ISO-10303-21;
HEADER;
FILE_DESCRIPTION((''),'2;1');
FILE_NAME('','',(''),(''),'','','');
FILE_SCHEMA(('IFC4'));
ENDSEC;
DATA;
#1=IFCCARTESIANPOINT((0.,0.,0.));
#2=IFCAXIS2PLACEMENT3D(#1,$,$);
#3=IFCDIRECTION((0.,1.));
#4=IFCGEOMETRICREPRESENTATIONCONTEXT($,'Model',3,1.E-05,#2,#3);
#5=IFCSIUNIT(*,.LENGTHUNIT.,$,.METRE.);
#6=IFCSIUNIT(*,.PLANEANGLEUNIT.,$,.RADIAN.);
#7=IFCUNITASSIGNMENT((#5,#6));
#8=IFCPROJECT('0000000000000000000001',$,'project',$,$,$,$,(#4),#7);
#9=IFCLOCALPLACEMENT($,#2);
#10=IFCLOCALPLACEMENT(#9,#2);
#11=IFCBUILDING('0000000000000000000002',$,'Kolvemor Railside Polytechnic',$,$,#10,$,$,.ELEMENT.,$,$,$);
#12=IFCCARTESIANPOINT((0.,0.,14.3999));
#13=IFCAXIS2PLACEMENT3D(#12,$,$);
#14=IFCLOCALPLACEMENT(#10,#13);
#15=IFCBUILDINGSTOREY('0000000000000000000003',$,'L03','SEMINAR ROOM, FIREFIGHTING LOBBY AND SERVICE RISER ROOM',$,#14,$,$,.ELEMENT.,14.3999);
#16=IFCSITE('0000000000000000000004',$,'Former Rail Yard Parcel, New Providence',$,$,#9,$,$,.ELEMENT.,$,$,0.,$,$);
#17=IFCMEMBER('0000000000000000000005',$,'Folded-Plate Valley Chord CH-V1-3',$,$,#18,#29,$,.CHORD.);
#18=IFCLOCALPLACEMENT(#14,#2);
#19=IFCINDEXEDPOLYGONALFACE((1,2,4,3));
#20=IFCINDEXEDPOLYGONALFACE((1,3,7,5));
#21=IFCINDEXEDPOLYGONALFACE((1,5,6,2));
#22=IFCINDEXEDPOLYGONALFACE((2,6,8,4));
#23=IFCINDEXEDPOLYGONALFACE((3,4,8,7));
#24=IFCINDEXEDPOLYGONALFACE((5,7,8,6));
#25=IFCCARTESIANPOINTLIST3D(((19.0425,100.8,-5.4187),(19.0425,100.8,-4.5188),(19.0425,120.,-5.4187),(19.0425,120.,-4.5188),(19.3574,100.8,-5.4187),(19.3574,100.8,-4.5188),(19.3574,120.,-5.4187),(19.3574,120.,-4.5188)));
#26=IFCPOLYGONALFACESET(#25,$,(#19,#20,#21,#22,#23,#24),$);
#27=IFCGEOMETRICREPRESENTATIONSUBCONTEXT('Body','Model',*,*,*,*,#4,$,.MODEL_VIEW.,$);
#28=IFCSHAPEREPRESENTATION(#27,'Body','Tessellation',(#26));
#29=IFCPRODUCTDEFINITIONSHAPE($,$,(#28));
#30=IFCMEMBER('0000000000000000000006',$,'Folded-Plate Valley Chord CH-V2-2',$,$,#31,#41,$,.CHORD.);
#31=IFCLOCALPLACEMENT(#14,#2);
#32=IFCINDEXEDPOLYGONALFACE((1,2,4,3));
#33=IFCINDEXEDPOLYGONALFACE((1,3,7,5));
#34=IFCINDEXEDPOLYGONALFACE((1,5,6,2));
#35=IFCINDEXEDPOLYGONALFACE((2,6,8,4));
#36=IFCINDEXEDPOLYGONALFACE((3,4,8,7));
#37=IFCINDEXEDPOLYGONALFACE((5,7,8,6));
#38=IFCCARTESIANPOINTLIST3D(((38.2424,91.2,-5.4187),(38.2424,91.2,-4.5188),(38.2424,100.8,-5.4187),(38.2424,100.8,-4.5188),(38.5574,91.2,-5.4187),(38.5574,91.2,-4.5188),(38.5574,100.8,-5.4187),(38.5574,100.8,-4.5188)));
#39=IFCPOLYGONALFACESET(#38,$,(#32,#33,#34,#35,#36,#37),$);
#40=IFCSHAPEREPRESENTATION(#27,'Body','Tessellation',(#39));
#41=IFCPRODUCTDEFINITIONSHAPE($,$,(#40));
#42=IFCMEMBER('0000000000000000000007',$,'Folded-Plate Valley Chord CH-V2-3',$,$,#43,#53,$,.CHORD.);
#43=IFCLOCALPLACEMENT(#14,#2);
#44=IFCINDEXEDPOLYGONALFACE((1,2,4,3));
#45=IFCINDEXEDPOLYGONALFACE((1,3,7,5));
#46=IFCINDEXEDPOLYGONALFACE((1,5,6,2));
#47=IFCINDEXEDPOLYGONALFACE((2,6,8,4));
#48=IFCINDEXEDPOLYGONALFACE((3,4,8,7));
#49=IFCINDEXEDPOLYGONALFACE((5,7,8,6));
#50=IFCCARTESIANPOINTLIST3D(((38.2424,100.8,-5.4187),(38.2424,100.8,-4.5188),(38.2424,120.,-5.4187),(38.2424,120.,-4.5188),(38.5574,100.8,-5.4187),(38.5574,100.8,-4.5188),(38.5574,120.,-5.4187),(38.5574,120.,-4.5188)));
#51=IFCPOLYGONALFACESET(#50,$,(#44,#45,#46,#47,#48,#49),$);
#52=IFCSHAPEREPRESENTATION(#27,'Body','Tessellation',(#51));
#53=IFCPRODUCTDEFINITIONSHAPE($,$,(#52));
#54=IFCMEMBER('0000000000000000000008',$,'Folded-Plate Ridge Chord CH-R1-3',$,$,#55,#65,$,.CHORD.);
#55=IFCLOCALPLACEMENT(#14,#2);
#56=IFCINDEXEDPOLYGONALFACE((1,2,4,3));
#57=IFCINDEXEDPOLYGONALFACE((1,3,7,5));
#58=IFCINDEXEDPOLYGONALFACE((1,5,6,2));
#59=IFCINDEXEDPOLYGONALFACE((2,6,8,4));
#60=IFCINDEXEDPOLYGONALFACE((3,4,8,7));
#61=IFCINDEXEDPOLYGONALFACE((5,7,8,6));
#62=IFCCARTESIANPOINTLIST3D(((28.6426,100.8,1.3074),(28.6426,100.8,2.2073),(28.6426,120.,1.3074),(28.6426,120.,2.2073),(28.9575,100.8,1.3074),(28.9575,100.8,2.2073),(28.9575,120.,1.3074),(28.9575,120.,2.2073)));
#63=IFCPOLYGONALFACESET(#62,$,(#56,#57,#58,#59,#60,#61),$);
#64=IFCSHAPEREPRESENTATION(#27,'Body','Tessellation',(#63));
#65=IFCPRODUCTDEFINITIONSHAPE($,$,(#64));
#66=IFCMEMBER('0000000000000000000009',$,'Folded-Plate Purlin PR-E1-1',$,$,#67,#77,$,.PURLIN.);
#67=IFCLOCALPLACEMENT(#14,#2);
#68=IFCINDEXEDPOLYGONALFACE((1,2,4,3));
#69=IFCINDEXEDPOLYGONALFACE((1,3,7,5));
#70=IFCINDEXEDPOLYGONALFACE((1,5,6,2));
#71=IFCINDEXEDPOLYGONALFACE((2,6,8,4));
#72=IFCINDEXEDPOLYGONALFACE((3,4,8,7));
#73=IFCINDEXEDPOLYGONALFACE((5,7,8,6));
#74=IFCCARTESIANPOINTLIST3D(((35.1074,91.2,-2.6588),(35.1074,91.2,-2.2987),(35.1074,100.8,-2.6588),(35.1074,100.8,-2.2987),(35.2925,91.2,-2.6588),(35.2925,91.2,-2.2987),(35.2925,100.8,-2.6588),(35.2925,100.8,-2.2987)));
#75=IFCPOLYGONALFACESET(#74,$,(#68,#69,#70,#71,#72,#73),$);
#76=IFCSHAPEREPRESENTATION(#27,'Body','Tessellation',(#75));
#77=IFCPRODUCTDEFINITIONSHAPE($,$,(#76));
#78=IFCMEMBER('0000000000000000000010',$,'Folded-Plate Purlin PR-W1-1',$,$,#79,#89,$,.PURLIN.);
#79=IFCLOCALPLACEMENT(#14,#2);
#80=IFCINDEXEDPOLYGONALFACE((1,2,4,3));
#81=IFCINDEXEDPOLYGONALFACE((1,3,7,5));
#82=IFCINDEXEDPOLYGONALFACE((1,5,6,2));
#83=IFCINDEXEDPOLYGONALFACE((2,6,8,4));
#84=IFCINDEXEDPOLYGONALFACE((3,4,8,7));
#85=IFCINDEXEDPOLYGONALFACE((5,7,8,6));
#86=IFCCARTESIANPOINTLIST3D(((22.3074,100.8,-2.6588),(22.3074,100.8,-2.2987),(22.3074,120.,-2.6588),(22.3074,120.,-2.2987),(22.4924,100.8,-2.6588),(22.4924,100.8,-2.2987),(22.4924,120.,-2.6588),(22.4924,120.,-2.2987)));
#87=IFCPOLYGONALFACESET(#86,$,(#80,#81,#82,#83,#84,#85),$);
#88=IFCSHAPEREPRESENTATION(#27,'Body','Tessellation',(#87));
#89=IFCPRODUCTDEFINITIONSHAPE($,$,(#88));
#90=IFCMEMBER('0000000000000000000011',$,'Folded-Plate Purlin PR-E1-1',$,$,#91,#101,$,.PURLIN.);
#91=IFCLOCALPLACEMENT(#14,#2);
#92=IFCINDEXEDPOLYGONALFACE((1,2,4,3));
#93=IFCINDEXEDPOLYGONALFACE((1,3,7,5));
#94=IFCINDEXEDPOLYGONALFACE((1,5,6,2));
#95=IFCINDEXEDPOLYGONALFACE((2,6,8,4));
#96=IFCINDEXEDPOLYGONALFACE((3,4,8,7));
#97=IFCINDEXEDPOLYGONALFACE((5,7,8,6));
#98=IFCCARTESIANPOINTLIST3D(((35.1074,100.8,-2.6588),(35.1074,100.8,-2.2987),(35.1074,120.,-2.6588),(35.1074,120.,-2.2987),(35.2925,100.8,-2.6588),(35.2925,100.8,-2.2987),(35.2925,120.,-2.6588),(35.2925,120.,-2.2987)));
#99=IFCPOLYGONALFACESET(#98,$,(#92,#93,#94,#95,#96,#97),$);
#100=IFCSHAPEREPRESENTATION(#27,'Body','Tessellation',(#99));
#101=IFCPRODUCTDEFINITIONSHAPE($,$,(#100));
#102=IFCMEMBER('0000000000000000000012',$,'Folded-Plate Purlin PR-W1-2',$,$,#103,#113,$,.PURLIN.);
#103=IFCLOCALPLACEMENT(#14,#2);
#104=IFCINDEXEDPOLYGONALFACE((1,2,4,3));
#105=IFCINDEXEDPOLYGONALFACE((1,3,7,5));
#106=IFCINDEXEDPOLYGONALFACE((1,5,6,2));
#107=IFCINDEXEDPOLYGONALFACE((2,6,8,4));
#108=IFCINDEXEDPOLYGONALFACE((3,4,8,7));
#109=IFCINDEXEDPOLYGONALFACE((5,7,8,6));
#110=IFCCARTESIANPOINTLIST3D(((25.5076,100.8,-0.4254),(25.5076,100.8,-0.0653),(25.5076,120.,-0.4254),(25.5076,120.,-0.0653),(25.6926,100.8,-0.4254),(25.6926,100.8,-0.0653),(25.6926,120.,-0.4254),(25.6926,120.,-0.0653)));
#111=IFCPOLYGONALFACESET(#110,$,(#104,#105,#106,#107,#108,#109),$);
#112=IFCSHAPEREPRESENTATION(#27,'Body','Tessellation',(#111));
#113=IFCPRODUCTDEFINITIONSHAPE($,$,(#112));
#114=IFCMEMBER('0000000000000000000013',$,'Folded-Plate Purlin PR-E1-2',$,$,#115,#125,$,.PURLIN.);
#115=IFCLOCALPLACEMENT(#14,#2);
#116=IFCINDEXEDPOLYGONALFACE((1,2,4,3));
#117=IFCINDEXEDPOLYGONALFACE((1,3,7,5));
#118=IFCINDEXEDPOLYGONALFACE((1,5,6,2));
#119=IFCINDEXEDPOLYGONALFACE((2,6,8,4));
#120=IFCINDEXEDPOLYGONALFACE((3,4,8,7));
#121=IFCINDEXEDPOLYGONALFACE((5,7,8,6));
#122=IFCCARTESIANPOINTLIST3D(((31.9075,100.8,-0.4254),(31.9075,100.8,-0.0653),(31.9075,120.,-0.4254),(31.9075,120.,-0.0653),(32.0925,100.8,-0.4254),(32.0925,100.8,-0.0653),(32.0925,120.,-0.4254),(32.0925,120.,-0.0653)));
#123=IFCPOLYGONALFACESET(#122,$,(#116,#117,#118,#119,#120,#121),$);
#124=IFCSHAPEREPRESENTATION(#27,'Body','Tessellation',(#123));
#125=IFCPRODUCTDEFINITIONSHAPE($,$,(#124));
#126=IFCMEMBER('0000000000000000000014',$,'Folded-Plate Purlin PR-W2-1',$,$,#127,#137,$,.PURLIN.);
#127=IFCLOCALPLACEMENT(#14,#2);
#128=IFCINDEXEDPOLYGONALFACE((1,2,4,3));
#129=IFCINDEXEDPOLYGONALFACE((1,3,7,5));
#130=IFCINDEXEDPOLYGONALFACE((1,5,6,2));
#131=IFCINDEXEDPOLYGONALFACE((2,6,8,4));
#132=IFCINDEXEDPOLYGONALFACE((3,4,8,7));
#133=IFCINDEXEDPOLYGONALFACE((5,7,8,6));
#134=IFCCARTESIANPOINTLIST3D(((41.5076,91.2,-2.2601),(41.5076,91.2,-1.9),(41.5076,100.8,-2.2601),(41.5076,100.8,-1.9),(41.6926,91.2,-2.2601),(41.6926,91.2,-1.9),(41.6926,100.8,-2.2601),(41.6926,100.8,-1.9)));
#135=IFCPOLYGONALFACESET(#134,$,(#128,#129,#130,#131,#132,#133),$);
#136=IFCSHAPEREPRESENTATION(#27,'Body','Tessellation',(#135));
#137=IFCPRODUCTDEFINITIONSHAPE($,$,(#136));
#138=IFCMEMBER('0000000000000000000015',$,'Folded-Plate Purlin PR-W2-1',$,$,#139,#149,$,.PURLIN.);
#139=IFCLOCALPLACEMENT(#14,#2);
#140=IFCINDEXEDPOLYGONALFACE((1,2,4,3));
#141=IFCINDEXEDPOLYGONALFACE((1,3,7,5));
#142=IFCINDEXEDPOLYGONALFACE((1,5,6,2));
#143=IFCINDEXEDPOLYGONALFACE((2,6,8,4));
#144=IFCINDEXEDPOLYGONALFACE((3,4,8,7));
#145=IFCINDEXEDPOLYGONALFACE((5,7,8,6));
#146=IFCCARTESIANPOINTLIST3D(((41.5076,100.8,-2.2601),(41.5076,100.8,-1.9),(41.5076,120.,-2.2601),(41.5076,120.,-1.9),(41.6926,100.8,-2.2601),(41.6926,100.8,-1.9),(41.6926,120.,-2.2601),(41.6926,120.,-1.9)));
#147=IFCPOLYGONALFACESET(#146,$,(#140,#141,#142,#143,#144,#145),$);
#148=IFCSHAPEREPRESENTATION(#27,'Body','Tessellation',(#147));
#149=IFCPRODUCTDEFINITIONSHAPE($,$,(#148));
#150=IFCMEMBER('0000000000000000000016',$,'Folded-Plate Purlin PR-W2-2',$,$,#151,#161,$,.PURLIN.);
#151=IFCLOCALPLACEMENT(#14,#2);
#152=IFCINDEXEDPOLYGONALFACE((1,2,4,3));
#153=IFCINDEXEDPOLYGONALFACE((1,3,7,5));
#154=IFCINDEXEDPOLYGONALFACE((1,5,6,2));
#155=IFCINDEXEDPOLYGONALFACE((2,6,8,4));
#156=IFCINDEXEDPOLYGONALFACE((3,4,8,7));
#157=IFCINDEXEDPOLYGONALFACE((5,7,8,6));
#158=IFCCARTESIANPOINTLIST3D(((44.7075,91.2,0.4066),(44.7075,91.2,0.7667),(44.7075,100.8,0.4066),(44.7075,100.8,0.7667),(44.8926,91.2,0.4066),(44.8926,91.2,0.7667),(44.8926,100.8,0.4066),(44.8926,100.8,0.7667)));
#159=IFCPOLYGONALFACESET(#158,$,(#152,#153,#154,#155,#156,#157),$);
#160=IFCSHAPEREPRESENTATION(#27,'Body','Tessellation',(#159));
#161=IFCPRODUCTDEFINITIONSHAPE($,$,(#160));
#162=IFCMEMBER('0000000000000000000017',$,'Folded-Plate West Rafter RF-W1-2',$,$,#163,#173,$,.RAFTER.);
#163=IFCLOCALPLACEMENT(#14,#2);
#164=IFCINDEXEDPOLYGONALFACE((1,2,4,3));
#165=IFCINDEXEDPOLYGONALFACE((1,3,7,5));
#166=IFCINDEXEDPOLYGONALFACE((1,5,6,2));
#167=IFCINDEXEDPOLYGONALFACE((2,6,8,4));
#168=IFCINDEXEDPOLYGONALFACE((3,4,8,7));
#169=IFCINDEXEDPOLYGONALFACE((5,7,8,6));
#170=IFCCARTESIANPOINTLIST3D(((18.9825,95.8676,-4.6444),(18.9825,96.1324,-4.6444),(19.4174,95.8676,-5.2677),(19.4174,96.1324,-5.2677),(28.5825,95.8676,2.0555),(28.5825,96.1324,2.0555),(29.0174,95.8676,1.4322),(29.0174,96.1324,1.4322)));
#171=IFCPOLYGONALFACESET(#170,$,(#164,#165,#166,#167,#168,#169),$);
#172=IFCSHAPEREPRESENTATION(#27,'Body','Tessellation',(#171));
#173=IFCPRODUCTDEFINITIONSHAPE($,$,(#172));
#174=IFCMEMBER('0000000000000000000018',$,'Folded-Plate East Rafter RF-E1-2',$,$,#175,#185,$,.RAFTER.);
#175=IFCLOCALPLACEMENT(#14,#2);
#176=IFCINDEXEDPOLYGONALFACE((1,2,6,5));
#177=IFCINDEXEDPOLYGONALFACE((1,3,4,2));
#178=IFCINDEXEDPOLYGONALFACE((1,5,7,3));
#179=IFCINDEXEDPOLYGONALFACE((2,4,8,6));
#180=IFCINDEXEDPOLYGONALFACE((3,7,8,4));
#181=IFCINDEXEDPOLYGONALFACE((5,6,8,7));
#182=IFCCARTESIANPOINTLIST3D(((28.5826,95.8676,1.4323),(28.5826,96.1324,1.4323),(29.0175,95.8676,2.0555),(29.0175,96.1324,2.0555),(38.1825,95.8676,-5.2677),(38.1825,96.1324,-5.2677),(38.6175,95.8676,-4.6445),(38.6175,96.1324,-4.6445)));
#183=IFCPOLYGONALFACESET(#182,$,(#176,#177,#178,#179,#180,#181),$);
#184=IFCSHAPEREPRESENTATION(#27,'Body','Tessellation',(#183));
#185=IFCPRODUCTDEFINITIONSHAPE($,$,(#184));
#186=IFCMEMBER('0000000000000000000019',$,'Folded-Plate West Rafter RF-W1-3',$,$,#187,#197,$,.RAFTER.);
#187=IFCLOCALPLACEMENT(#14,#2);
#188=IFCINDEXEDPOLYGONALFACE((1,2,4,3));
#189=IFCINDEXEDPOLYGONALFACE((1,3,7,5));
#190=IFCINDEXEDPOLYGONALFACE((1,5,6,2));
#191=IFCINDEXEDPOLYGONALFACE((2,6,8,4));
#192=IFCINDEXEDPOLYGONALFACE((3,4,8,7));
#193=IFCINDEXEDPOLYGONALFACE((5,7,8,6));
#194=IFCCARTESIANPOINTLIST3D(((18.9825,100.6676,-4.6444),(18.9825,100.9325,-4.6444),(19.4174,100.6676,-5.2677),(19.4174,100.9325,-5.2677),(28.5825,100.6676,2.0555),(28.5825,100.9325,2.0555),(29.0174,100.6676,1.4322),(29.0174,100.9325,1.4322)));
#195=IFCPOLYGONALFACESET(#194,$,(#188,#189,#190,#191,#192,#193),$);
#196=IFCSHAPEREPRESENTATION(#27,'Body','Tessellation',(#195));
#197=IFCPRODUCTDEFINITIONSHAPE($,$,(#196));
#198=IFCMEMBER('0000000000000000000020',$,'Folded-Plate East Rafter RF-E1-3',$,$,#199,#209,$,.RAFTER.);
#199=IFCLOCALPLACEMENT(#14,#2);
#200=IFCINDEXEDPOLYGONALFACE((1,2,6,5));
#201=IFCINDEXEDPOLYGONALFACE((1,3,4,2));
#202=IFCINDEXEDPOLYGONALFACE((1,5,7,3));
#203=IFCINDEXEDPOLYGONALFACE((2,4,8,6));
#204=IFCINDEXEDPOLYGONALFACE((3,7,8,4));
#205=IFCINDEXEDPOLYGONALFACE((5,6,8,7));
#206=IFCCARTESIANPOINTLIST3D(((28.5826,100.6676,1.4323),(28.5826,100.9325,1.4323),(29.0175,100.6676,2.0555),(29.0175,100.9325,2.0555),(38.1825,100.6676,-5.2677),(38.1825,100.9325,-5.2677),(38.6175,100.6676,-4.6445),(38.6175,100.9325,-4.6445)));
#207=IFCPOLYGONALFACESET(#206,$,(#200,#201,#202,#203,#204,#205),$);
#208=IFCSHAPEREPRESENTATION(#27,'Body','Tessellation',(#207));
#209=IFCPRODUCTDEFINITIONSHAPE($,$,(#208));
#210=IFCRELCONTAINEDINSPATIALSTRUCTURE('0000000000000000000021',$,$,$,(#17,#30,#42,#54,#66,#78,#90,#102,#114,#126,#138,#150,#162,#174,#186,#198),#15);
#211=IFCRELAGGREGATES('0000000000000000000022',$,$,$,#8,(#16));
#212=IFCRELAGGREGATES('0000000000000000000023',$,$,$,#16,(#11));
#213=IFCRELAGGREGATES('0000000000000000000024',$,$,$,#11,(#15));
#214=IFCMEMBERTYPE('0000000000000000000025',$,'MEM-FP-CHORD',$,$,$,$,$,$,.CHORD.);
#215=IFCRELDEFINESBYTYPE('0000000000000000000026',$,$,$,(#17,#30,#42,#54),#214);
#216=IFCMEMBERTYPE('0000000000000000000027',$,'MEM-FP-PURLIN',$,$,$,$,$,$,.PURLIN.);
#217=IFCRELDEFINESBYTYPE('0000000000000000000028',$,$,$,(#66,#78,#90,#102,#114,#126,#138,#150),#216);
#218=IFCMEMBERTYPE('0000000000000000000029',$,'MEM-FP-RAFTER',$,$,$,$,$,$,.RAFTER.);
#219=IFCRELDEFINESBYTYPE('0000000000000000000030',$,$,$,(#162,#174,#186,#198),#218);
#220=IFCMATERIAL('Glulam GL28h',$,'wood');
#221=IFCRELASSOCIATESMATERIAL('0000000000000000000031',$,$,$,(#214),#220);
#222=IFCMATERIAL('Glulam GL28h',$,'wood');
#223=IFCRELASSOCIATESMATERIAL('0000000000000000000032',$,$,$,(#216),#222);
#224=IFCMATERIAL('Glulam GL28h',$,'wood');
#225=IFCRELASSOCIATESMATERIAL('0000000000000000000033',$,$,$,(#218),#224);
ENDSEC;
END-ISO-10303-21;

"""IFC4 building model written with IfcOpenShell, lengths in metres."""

from ifc_helpers import new_model, si_unit, direction, frame, origin, origin_2d, place, context, subcontext, project, spatial, rectangle, extrude, material, material_profile, profile_set, type_object, element, save


model = new_model("IFC4")

# Units and contexts
model_context = context("Model", 3, precision=1e-05, world=origin(), true_north=direction((0.0, 1.0)))
body_context = subcontext(model_context, "Body", "Model", "MODEL_VIEW")
ifc_project = project(units=[si_unit("LENGTHUNIT", "METRE"), si_unit("PLANEANGLEUNIT", "RADIAN")], contexts=[model_context])

# Site, building, storey
site_placement = place(None, origin())
site = spatial("IfcSite", under=ifc_project, at=site_placement, Name="Former Rail Yard Parcel, New Providence", CompositionType="ELEMENT", RefElevation=0.0)
building_placement = place(site_placement, origin())
building = spatial("IfcBuilding", under=site, at=building_placement, Name="Kolvemor Railside Polytechnic", CompositionType="ELEMENT")
storey_placement = place(building_placement, frame((0.0, 0.0, 14.3999)))
storey = spatial("IfcBuildingStorey", under=building, at=storey_placement, Name="L03", Description="SEMINAR ROOM, FIREFIGHTING LOBBY AND SERVICE RISER ROOM", CompositionType="ELEMENT", Elevation=14.3999)

# Members
ifc_material_1 = material(Name="Glulam GL28h", Category="wood")
ifc_material_profile_1 = material_profile(ifc_material_1, rectangle(XDim=0.3149, YDim=0.8999, at=origin_2d()), Name="GL315x900")
ifc_profile_set_1 = profile_set([ifc_material_profile_1], Name="Glulam GL28h")
member_type_1 = type_object("IfcMemberType", Name="MEM-FP-CHORD", PredefinedType="CHORD", material=ifc_profile_set_1)
member_1_placement = place(storey_placement, frame((19.2, 100.8, -4.9688), z_axis=(0.0, 1.0, 0.0), x_axis=(-1.0, 0.0, 0.0)))
element("IfcMember", 1, at=member_1_placement, inside=storey, type_object=member_type_1, Name="Folded-Plate Valley Chord CH-V1-3", PredefinedType="CHORD", context=body_context, shape_type="SweptSolid", body=[
    extrude(rectangle(XDim=0.3149, YDim=0.8999, at=origin_2d()), origin(), (0.0, 0.0, 1.0), 19.2),
])
member_2_placement = place(storey_placement, frame((38.3999, 91.2, -4.9688), z_axis=(0.0, 1.0, 0.0), x_axis=(-1.0, 0.0, 0.0)))
element("IfcMember", 2, at=member_2_placement, inside=storey, type_object=member_type_1, Name="Folded-Plate Valley Chord CH-V2-2", PredefinedType="CHORD", context=body_context, shape_type="SweptSolid", body=[
    extrude(rectangle(XDim=0.3149, YDim=0.8999, at=origin_2d()), origin(), (0.0, 0.0, 1.0), 9.6001),
])
for number, where, z_axis, x_axis, name in (
    (3, (38.3999, 100.8, -4.9688), (0.0, 1.0, 0.0), (-1.0, 0.0, 0.0), "Folded-Plate Valley Chord CH-V2-3"),
    (4, (28.8, 100.8, 1.7573), (0.0, 1.0, 0.0), (-1.0, 0.0, 0.0), "Folded-Plate Ridge Chord CH-R1-3"),
):
    element("IfcMember", number, at=place(storey_placement, frame(where, z_axis=z_axis, x_axis=x_axis)), inside=storey, type_object=member_type_1, Name=name, PredefinedType="CHORD", context=body_context, shape_type="SweptSolid", body=[
        extrude(rectangle(XDim=0.3149, YDim=0.8999, at=origin_2d()), origin(), (0.0, 0.0, 1.0), 19.2),
    ])
ifc_material_2 = material(Name="Glulam GL28h", Category="wood")
ifc_material_profile_2 = material_profile(ifc_material_2, rectangle(XDim=0.1851, YDim=0.3601, at=origin_2d()), Name="GL185x360")
ifc_profile_set_2 = profile_set([ifc_material_profile_2], Name="Glulam GL28h")
member_type_2 = type_object("IfcMemberType", Name="MEM-FP-PURLIN", PredefinedType="PURLIN", material=ifc_profile_set_2)
member_3_placement = place(storey_placement, frame((35.2, 91.2, -2.4788), z_axis=(0.0, 1.0, 0.0), x_axis=(-1.0, 0.0, 0.0)))
element("IfcMember", 5, at=member_3_placement, inside=storey, type_object=member_type_2, Name="Folded-Plate Purlin PR-E1-1", PredefinedType="PURLIN", context=body_context, shape_type="SweptSolid", body=[
    extrude(rectangle(XDim=0.1851, YDim=0.3601, at=origin_2d()), origin(), (0.0, 0.0, 1.0), 9.6001),
])
for number, where, z_axis, x_axis, name in (
    (6, (22.3999, 100.8, -2.4788), (0.0, 1.0, 0.0), (-1.0, 0.0, 0.0), "Folded-Plate Purlin PR-W1-1"),
    (7, (35.2, 100.8, -2.4788), (0.0, 1.0, 0.0), (-1.0, 0.0, 0.0), "Folded-Plate Purlin PR-E1-1"),
    (8, (25.6001, 100.8, -0.2454), (0.0, 1.0, 0.0), (-1.0, 0.0, 0.0), "Folded-Plate Purlin PR-W1-2"),
    (9, (32.0, 100.8, -0.2454), (0.0, 1.0, 0.0), (-1.0, 0.0, 0.0), "Folded-Plate Purlin PR-E1-2"),
):
    element("IfcMember", number, at=place(storey_placement, frame(where, z_axis=z_axis, x_axis=x_axis)), inside=storey, type_object=member_type_2, Name=name, PredefinedType="PURLIN", context=body_context, shape_type="SweptSolid", body=[
        extrude(rectangle(XDim=0.1851, YDim=0.3601, at=origin_2d()), origin(), (0.0, 0.0, 1.0), 19.2),
    ])
member_4_placement = place(storey_placement, frame((41.6001, 91.2, -2.0801), z_axis=(0.0, 1.0, 0.0), x_axis=(-1.0, 0.0, 0.0)))
element("IfcMember", 10, at=member_4_placement, inside=storey, type_object=member_type_2, Name="Folded-Plate Purlin PR-W2-1", PredefinedType="PURLIN", context=body_context, shape_type="SweptSolid", body=[
    extrude(rectangle(XDim=0.1851, YDim=0.3601, at=origin_2d()), origin(), (0.0, 0.0, 1.0), 9.6001),
])
member_5_placement = place(storey_placement, frame((41.6001, 100.8, -2.0801), z_axis=(0.0, 1.0, 0.0), x_axis=(-1.0, 0.0, 0.0)))
element("IfcMember", 11, at=member_5_placement, inside=storey, type_object=member_type_2, Name="Folded-Plate Purlin PR-W2-1", PredefinedType="PURLIN", context=body_context, shape_type="SweptSolid", body=[
    extrude(rectangle(XDim=0.1851, YDim=0.3601, at=origin_2d()), origin(), (0.0, 0.0, 1.0), 19.2),
])
member_6_placement = place(storey_placement, frame((44.8, 91.2, 0.5867), z_axis=(0.0, 1.0, 0.0), x_axis=(-1.0, 0.0, 0.0)))
element("IfcMember", 12, at=member_6_placement, inside=storey, type_object=member_type_2, Name="Folded-Plate Purlin PR-W2-2", PredefinedType="PURLIN", context=body_context, shape_type="SweptSolid", body=[
    extrude(rectangle(XDim=0.1851, YDim=0.3601, at=origin_2d()), origin(), (0.0, 0.0, 1.0), 9.6001),
])
ifc_material_3 = material(Name="Glulam GL28h", Category="wood")
ifc_material_profile_3 = material_profile(ifc_material_3, rectangle(XDim=0.2649, YDim=0.76, at=origin_2d()), Name="GL265x760")
ifc_profile_set_3 = profile_set([ifc_material_profile_3], Name="Glulam GL28h")
member_type_3 = type_object("IfcMemberType", Name="MEM-FP-RAFTER", PredefinedType="RAFTER", material=ifc_profile_set_3)
for number, where, z_axis, x_axis, name in (
    (13, (19.2, 96.0, -4.9561), (0.820038, 0.0, 0.572308), (0.0, 1.0, 0.0), "Folded-Plate West Rafter RF-W1-2"),
    (14, (28.8, 96.0, 1.7439), (0.820032, 0.0, -0.572318), (0.0, 1.0, 0.0), "Folded-Plate East Rafter RF-E1-2"),
    (15, (19.2, 100.8, -4.9561), (0.820038, 0.0, 0.572308), (0.0, 1.0, 0.0), "Folded-Plate West Rafter RF-W1-3"),
    (16, (28.8, 100.8, 1.7439), (0.820032, 0.0, -0.572318), (0.0, 1.0, 0.0), "Folded-Plate East Rafter RF-E1-3"),
):
    element("IfcMember", number, at=place(storey_placement, frame(where, z_axis=z_axis, x_axis=x_axis)), inside=storey, type_object=member_type_3, Name=name, PredefinedType="RAFTER", context=body_context, shape_type="SweptSolid", body=[
        extrude(rectangle(XDim=0.2649, YDim=0.76, at=origin_2d()), origin(), (0.0, 0.0, 1.0), 11.7068),
    ])

save(model, "model.ifc")
